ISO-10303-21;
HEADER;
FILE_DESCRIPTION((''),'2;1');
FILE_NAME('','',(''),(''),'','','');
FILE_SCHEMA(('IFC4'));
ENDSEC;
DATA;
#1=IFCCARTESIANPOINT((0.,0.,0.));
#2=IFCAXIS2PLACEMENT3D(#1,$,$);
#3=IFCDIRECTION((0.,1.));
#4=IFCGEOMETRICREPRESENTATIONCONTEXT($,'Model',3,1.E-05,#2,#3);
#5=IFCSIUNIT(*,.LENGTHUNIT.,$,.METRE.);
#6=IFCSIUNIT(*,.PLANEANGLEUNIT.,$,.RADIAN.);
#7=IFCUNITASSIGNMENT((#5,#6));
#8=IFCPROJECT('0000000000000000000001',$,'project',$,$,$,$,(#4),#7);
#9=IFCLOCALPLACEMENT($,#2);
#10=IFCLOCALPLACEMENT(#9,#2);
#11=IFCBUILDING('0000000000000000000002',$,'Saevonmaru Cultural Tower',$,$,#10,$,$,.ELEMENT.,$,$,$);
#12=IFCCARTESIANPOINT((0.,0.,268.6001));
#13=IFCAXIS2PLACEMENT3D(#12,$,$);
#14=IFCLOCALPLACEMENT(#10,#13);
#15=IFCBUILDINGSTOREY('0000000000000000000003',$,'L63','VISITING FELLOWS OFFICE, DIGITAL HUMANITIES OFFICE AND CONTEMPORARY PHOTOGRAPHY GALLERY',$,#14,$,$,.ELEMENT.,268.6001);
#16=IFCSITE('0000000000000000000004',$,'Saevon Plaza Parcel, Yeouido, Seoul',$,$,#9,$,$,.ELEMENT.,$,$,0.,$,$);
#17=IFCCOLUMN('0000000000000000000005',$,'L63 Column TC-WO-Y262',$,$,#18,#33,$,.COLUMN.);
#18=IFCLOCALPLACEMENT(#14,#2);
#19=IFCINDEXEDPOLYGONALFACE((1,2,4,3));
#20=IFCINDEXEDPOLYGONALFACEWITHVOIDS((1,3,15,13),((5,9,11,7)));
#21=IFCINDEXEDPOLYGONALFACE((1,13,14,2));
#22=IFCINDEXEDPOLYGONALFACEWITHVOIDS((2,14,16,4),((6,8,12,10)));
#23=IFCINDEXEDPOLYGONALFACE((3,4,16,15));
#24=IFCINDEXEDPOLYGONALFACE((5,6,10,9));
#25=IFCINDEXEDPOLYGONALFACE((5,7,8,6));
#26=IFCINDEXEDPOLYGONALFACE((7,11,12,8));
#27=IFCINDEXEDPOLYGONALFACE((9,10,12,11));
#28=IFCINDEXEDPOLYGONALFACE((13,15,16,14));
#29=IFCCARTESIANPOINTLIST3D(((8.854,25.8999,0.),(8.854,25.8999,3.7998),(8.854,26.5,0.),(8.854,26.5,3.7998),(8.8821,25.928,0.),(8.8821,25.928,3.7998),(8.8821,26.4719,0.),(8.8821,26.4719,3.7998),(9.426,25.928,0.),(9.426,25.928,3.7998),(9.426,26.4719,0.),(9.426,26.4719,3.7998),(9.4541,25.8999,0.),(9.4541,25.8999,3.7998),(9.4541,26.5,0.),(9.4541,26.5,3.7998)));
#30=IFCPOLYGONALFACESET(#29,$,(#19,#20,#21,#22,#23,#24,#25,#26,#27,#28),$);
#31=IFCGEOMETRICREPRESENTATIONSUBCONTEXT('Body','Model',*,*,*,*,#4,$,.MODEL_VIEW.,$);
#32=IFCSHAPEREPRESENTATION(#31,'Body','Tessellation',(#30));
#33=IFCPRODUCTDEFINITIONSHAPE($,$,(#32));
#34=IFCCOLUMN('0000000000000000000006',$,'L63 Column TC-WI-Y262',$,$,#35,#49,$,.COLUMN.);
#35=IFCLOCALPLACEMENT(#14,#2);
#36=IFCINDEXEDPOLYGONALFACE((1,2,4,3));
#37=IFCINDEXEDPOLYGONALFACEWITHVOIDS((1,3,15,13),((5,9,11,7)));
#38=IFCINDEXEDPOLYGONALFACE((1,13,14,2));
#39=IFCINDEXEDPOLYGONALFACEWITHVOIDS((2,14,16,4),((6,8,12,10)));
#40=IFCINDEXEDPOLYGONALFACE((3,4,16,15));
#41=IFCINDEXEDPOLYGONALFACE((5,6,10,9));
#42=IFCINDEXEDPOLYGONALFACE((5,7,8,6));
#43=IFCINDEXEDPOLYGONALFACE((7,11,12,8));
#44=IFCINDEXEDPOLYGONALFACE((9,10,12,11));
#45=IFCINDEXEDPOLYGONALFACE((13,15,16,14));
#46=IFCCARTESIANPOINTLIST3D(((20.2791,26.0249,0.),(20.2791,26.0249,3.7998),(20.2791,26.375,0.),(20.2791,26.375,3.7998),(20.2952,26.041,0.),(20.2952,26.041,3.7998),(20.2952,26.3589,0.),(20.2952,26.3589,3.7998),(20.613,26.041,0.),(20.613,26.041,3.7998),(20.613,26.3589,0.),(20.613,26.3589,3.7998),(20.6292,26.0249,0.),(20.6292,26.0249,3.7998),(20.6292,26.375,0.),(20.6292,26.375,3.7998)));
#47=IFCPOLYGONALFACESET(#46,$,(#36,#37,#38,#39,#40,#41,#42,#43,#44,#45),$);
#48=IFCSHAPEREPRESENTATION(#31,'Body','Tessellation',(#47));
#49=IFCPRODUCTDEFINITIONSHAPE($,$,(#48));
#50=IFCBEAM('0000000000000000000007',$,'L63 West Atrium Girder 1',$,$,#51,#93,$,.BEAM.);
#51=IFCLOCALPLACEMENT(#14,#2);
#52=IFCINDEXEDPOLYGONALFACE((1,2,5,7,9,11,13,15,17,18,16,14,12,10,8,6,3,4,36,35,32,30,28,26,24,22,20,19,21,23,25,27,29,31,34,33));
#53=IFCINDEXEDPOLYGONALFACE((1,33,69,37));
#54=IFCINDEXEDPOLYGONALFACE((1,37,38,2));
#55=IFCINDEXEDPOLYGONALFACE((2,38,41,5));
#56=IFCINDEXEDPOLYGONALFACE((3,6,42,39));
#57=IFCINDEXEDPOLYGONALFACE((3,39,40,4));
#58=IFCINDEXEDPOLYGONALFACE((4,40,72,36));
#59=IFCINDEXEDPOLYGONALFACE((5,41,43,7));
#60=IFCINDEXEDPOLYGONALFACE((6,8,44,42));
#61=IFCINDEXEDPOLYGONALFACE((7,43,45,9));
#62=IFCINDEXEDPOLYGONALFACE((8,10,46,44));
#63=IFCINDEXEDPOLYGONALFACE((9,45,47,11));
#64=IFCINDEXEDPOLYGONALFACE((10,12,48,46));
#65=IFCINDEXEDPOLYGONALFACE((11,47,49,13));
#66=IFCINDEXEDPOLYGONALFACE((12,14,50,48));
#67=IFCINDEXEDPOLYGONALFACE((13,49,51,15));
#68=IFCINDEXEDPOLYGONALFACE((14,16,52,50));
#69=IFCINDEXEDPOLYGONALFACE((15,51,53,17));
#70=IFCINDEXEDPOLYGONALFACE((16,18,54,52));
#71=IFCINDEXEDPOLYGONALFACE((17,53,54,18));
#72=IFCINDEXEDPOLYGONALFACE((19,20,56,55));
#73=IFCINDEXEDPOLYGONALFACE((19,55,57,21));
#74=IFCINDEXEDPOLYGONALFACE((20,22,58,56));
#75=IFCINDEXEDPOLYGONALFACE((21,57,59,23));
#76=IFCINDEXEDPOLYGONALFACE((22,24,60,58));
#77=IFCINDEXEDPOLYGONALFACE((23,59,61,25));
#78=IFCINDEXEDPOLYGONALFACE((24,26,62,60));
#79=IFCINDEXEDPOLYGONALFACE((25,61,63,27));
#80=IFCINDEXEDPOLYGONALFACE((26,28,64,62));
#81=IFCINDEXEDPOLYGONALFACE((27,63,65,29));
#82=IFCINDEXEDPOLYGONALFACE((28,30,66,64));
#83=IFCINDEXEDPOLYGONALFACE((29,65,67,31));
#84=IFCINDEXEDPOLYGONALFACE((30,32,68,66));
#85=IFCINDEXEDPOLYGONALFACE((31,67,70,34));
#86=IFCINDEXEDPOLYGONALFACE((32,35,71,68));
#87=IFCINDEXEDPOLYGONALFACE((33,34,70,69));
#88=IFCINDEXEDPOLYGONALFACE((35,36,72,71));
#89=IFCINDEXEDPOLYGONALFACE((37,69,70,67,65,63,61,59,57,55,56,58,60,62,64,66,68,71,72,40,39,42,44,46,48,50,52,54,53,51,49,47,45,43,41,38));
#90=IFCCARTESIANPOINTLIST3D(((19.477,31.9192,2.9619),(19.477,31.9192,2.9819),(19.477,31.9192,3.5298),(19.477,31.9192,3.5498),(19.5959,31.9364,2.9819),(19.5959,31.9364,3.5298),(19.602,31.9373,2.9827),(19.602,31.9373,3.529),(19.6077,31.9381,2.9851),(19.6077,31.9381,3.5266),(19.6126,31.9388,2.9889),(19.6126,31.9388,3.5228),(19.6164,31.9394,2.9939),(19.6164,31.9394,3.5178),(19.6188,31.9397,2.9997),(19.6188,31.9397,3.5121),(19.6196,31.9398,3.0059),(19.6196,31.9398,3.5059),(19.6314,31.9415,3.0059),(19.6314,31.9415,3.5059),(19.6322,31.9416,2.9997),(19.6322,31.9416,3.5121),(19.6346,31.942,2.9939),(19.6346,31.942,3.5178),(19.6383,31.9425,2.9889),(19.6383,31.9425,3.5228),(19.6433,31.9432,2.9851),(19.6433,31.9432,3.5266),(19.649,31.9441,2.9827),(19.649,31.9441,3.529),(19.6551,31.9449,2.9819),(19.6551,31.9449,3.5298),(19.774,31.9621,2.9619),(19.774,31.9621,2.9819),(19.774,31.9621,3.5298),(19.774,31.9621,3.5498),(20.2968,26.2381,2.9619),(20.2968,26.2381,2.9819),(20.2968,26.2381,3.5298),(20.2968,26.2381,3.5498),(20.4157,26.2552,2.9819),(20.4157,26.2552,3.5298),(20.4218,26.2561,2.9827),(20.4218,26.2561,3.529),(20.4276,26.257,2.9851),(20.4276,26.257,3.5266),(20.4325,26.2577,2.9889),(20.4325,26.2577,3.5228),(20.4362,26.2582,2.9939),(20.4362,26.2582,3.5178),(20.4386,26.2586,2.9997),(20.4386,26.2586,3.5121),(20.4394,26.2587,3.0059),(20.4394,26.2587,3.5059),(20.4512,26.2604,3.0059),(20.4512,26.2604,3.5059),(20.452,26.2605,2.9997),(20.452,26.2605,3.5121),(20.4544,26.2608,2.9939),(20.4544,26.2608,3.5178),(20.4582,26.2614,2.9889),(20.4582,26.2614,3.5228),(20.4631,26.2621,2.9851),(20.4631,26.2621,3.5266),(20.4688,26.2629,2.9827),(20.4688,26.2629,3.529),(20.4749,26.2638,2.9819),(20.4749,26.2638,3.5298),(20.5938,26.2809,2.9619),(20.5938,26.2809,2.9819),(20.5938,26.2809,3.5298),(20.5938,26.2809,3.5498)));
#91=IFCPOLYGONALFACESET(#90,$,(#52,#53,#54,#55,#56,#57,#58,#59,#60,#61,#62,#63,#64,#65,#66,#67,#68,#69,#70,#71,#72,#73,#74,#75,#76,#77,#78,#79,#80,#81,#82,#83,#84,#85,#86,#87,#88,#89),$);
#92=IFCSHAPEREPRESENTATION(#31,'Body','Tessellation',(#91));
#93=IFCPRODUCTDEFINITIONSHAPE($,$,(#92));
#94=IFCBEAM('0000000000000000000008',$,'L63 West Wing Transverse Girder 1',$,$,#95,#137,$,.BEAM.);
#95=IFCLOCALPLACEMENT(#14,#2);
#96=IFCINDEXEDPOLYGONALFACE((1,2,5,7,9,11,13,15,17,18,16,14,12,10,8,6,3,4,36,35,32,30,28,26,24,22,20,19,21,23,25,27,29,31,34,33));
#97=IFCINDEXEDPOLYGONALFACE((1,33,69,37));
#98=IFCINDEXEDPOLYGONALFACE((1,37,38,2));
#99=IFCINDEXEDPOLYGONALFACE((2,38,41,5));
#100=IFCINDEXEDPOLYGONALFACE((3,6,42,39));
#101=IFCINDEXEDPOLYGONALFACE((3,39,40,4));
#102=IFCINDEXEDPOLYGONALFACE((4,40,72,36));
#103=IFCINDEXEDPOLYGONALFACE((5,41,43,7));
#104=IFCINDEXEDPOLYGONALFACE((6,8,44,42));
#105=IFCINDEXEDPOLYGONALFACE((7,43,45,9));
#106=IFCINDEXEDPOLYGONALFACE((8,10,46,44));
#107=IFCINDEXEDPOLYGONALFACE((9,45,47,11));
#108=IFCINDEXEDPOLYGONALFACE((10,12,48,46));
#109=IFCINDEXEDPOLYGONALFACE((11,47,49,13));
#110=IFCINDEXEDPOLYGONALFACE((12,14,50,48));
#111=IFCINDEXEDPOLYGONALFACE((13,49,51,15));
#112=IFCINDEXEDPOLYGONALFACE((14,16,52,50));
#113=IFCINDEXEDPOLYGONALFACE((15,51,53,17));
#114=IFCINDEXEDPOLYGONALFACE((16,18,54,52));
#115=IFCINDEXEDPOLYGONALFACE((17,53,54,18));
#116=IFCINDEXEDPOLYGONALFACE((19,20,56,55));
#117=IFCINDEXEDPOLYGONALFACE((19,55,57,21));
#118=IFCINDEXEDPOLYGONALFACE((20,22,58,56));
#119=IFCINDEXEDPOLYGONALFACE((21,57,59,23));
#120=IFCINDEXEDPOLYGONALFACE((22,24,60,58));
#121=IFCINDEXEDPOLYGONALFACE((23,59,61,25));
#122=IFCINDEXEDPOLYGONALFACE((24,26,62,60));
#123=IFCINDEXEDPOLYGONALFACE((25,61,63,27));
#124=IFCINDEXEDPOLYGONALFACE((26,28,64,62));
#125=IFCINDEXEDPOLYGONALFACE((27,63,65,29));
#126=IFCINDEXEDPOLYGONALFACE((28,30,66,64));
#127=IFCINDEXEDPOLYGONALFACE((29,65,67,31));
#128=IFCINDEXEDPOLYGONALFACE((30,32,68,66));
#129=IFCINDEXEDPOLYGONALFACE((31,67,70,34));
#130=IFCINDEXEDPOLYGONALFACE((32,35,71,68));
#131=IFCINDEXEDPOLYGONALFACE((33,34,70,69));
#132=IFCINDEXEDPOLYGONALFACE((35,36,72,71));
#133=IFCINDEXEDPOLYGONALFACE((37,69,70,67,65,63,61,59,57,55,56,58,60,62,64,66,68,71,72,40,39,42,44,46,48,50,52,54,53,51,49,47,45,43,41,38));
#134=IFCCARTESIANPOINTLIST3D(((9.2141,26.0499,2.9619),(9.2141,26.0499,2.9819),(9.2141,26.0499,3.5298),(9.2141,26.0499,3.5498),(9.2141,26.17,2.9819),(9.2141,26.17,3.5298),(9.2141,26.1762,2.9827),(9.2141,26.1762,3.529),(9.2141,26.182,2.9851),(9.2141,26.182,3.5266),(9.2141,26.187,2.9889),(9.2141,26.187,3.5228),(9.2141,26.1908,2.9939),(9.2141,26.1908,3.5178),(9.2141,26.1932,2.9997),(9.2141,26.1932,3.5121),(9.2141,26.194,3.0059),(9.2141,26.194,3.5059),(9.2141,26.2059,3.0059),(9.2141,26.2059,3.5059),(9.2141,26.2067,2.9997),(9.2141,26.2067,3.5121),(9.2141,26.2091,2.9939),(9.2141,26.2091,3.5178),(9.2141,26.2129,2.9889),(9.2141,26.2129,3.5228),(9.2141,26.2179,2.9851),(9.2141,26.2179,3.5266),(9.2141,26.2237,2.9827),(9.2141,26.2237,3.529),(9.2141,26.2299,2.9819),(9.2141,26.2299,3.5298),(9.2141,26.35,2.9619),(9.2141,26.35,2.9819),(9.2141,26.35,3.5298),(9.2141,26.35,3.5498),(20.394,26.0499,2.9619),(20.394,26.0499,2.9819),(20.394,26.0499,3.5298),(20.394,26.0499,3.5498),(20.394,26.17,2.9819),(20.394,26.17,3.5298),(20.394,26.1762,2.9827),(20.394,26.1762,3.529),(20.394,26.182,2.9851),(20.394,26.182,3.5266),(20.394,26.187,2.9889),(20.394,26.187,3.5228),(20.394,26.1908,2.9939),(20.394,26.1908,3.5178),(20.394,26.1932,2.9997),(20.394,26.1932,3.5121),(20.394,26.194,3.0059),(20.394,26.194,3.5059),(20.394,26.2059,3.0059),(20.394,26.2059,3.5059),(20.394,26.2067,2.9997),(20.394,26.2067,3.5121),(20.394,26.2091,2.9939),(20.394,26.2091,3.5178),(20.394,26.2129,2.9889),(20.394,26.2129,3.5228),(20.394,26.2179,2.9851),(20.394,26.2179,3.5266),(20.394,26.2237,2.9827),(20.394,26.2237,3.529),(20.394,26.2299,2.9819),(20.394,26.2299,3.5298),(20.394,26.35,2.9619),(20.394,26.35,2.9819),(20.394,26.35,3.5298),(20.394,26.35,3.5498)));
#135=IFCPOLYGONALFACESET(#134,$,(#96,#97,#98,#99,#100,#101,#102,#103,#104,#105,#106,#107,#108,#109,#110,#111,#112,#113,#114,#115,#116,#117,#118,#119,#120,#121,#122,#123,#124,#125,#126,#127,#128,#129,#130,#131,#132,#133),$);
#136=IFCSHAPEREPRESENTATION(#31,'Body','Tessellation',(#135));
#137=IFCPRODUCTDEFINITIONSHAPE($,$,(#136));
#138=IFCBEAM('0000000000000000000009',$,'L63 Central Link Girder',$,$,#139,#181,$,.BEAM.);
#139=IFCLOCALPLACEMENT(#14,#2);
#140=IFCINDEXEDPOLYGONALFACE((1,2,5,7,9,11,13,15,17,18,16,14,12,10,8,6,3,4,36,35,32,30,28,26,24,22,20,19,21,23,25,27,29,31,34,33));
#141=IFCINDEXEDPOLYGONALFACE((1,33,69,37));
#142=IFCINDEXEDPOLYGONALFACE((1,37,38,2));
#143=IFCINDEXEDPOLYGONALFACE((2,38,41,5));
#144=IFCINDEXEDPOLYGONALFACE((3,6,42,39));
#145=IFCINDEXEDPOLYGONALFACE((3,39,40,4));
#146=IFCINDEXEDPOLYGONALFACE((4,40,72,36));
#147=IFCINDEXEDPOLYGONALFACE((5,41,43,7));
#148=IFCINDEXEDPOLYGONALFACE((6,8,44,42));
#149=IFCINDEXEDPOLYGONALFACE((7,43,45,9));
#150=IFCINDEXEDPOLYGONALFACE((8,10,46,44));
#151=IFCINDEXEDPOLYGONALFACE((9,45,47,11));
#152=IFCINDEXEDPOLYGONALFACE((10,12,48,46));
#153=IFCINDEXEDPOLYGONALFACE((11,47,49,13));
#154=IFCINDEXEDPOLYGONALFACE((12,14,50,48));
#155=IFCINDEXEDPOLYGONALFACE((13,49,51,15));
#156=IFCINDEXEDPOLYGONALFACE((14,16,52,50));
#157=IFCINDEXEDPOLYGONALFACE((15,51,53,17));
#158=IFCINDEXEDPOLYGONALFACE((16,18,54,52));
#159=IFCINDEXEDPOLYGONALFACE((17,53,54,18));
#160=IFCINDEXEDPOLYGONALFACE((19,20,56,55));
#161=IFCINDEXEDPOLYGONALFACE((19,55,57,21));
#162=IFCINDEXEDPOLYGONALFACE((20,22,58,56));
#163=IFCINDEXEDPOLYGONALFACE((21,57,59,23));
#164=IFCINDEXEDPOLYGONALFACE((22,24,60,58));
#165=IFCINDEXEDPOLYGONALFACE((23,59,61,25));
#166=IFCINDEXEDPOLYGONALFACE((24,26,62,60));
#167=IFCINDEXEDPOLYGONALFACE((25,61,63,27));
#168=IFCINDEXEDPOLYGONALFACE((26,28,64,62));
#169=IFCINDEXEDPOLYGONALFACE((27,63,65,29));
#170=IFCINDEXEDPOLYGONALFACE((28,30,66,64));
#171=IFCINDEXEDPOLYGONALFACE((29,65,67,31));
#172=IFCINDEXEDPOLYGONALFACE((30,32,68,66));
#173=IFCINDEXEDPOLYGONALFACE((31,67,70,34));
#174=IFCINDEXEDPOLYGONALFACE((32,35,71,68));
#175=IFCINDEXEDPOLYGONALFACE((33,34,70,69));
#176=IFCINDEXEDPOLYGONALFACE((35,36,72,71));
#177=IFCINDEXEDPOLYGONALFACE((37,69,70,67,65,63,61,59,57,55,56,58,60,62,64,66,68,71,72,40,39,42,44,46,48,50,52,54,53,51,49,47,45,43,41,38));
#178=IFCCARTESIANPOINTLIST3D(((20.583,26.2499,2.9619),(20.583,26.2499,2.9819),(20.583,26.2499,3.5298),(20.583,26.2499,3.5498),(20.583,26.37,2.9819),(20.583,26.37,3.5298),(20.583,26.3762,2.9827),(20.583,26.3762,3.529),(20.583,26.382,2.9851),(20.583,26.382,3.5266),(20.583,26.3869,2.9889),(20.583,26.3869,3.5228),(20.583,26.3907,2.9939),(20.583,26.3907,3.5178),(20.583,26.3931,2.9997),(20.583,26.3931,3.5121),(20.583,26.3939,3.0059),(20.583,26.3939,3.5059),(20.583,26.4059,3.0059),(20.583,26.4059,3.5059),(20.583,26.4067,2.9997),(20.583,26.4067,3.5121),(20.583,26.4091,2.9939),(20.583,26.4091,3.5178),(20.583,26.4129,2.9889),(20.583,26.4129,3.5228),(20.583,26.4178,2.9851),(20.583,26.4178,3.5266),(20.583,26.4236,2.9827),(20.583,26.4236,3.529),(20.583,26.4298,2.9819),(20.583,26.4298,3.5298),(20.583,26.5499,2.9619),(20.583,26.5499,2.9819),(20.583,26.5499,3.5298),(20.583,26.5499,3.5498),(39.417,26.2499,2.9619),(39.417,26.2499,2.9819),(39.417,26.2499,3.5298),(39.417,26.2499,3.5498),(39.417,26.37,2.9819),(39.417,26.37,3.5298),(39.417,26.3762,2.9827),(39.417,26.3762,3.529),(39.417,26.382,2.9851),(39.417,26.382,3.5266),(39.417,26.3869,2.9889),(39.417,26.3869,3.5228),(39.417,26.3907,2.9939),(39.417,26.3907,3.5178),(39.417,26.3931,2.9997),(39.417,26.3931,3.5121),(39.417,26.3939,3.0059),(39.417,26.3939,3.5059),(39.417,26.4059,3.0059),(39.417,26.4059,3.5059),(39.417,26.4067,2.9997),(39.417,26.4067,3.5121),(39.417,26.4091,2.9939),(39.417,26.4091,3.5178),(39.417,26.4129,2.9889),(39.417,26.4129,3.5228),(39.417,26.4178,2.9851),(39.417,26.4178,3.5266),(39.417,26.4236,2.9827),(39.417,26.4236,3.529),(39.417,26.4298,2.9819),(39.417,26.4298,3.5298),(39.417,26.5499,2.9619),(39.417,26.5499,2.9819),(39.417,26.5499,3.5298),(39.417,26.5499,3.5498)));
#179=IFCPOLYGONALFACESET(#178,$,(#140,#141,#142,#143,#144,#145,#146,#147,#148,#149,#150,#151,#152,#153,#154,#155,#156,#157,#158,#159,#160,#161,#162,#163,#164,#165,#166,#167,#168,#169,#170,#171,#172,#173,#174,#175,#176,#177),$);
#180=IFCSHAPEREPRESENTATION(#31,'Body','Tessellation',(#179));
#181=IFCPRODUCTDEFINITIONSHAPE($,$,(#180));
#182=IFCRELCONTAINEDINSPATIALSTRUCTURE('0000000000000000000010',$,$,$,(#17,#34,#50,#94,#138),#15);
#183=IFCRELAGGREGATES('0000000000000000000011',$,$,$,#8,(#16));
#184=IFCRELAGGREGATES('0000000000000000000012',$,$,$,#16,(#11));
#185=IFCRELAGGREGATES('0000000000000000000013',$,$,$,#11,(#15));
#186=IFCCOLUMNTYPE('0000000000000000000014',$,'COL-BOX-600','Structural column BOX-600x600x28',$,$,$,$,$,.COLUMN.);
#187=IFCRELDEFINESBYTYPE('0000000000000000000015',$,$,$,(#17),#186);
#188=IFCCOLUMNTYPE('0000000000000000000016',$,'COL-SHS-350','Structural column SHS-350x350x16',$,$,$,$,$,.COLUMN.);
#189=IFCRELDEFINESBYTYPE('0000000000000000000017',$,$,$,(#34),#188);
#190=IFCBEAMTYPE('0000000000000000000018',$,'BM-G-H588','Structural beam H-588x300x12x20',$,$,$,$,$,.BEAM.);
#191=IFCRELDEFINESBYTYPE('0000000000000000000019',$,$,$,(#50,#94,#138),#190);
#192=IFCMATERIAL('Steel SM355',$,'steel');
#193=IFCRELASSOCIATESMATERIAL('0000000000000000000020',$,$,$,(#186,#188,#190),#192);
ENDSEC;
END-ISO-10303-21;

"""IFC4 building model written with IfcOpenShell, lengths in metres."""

from ifc_helpers import new_model, si_unit, direction, frame, origin, origin_2d, place, context, subcontext, project, spatial, hollow_rectangle, i_section, extrude, material, material_profile, profile_set, type_object, element, save


model = new_model("IFC4")

# Units and contexts
model_context = context("Model", 3, precision=1e-05, world=origin(), true_north=direction((0.0, 1.0)))
body_context = subcontext(model_context, "Body", "Model", "MODEL_VIEW")
ifc_project = project(units=[si_unit("LENGTHUNIT", "METRE"), si_unit("PLANEANGLEUNIT", "RADIAN")], contexts=[model_context])

# Site, building, storey
site_placement = place(None, origin())
site = spatial("IfcSite", under=ifc_project, at=site_placement, Name="Saevon Plaza Parcel, Yeouido, Seoul", CompositionType="ELEMENT", RefElevation=0.0)
building_placement = place(site_placement, origin())
building = spatial("IfcBuilding", under=site, at=building_placement, Name="Saevonmaru Cultural Tower", CompositionType="ELEMENT")
storey_placement = place(building_placement, frame((0.0, 0.0, 268.6001)))
storey = spatial("IfcBuildingStorey", under=building, at=storey_placement, Name="L63", Description="VISITING FELLOWS OFFICE, DIGITAL HUMANITIES OFFICE AND CONTEMPORARY PHOTOGRAPHY GALLERY", CompositionType="ELEMENT", Elevation=268.6001)

# Columns
ifc_material_1 = material(Name="Steel SM355", Category="steel")
ifc_material_profile_1 = material_profile(ifc_material_1, hollow_rectangle(XDim=0.6001, YDim=0.6001, WallThickness=0.0281, at=origin_2d()), Name="BOX-600x600x28")
ifc_profile_set_1 = profile_set([ifc_material_profile_1], Name="Steel SM355")
column_type_1 = type_object("IfcColumnType", Name="COL-BOX-600", Description="Structural column BOX-600x600x28", PredefinedType="COLUMN", material=ifc_profile_set_1)
column_1_placement = place(storey_placement, frame((9.1541, 26.2, 0.0), z_axis=(0.0, 0.0, 1.0), x_axis=(1.0, 0.0, 0.0)))
element("IfcColumn", 1, at=column_1_placement, inside=storey, type_object=column_type_1, Name="L63 Column TC-WO-Y262", PredefinedType="COLUMN", context=body_context, shape_type="SweptSolid", body=[
    extrude(hollow_rectangle(XDim=0.6001, YDim=0.6001, WallThickness=0.0281, at=origin_2d()), origin(), (0.0, 0.0, 1.0), 3.7998),
])
ifc_material_profile_2 = material_profile(ifc_material_1, hollow_rectangle(XDim=0.3501, YDim=0.3501, WallThickness=0.0161, at=origin_2d()), Name="SHS-350x350x16")
ifc_profile_set_2 = profile_set([ifc_material_profile_2], Name="Steel SM355")
column_type_2 = type_object("IfcColumnType", Name="COL-SHS-350", Description="Structural column SHS-350x350x16", PredefinedType="COLUMN", material=ifc_profile_set_2)
column_2_placement = place(storey_placement, frame((20.4541, 26.2, 0.0), z_axis=(0.0, 0.0, 1.0), x_axis=(1.0, 0.0, 0.0)))
element("IfcColumn", 2, at=column_2_placement, inside=storey, type_object=column_type_2, Name="L63 Column TC-WI-Y262", PredefinedType="COLUMN", context=body_context, shape_type="SweptSolid", body=[
    extrude(hollow_rectangle(XDim=0.3501, YDim=0.3501, WallThickness=0.0161, at=origin_2d()), origin(), (0.0, 0.0, 1.0), 3.7998),
])

# Beams
ifc_material_profile_3 = material_profile(ifc_material_1, i_section(OverallWidth=0.3, OverallDepth=0.5879, WebThickness=0.012, FlangeThickness=0.02, FilletRadius=0.0239, at=origin_2d()), Name="H-588x300x12x20")
ifc_profile_set_3 = profile_set([ifc_material_profile_3], Name="Steel SM355")
beam_type_1 = type_object("IfcBeamType", Name="BM-G-H588", Description="Structural beam H-588x300x12x20", PredefinedType="BEAM", material=ifc_profile_set_3)
beam_1_placement = place(storey_placement, frame((20.4453, 26.2595, 3.2559), z_axis=(-0.142827, 0.989748, 0.0), x_axis=(-0.989748, -0.142827, 0.0)))
element("IfcBeam", 3, at=beam_1_placement, inside=storey, type_object=beam_type_1, Name="L63 West Atrium Girder 1", PredefinedType="BEAM", context=body_context, shape_type="SweptSolid", body=[
    extrude(i_section(OverallWidth=0.3, OverallDepth=0.5879, WebThickness=0.012, FlangeThickness=0.02, FilletRadius=0.0239, at=origin_2d()), origin(), (0.0, 0.0, 1.0), 5.74),
])
beam_2_placement = place(storey_placement, frame((9.2141, 26.2, 3.2559), z_axis=(1.0, 0.0, 0.0), x_axis=(0.0, 1.0, 0.0)))
element("IfcBeam", 4, at=beam_2_placement, inside=storey, type_object=beam_type_1, Name="L63 West Wing Transverse Girder 1", PredefinedType="BEAM", context=body_context, shape_type="SweptSolid", body=[
    extrude(i_section(OverallWidth=0.3, OverallDepth=0.5879, WebThickness=0.012, FlangeThickness=0.02, FilletRadius=0.0239, at=origin_2d()), origin(), (0.0, 0.0, 1.0), 11.1799),
])
beam_3_placement = place(storey_placement, frame((20.583, 26.3999, 3.2559), z_axis=(1.0, 0.0, 0.0), x_axis=(0.0, 1.0, 0.0)))
element("IfcBeam", 5, at=beam_3_placement, inside=storey, type_object=beam_type_1, Name="L63 Central Link Girder", PredefinedType="BEAM", context=body_context, shape_type="SweptSolid", body=[
    extrude(i_section(OverallWidth=0.3, OverallDepth=0.5879, WebThickness=0.012, FlangeThickness=0.02, FilletRadius=0.0239, at=origin_2d()), origin(), (0.0, 0.0, 1.0), 18.834),
])

save(model, "model.ifc")
